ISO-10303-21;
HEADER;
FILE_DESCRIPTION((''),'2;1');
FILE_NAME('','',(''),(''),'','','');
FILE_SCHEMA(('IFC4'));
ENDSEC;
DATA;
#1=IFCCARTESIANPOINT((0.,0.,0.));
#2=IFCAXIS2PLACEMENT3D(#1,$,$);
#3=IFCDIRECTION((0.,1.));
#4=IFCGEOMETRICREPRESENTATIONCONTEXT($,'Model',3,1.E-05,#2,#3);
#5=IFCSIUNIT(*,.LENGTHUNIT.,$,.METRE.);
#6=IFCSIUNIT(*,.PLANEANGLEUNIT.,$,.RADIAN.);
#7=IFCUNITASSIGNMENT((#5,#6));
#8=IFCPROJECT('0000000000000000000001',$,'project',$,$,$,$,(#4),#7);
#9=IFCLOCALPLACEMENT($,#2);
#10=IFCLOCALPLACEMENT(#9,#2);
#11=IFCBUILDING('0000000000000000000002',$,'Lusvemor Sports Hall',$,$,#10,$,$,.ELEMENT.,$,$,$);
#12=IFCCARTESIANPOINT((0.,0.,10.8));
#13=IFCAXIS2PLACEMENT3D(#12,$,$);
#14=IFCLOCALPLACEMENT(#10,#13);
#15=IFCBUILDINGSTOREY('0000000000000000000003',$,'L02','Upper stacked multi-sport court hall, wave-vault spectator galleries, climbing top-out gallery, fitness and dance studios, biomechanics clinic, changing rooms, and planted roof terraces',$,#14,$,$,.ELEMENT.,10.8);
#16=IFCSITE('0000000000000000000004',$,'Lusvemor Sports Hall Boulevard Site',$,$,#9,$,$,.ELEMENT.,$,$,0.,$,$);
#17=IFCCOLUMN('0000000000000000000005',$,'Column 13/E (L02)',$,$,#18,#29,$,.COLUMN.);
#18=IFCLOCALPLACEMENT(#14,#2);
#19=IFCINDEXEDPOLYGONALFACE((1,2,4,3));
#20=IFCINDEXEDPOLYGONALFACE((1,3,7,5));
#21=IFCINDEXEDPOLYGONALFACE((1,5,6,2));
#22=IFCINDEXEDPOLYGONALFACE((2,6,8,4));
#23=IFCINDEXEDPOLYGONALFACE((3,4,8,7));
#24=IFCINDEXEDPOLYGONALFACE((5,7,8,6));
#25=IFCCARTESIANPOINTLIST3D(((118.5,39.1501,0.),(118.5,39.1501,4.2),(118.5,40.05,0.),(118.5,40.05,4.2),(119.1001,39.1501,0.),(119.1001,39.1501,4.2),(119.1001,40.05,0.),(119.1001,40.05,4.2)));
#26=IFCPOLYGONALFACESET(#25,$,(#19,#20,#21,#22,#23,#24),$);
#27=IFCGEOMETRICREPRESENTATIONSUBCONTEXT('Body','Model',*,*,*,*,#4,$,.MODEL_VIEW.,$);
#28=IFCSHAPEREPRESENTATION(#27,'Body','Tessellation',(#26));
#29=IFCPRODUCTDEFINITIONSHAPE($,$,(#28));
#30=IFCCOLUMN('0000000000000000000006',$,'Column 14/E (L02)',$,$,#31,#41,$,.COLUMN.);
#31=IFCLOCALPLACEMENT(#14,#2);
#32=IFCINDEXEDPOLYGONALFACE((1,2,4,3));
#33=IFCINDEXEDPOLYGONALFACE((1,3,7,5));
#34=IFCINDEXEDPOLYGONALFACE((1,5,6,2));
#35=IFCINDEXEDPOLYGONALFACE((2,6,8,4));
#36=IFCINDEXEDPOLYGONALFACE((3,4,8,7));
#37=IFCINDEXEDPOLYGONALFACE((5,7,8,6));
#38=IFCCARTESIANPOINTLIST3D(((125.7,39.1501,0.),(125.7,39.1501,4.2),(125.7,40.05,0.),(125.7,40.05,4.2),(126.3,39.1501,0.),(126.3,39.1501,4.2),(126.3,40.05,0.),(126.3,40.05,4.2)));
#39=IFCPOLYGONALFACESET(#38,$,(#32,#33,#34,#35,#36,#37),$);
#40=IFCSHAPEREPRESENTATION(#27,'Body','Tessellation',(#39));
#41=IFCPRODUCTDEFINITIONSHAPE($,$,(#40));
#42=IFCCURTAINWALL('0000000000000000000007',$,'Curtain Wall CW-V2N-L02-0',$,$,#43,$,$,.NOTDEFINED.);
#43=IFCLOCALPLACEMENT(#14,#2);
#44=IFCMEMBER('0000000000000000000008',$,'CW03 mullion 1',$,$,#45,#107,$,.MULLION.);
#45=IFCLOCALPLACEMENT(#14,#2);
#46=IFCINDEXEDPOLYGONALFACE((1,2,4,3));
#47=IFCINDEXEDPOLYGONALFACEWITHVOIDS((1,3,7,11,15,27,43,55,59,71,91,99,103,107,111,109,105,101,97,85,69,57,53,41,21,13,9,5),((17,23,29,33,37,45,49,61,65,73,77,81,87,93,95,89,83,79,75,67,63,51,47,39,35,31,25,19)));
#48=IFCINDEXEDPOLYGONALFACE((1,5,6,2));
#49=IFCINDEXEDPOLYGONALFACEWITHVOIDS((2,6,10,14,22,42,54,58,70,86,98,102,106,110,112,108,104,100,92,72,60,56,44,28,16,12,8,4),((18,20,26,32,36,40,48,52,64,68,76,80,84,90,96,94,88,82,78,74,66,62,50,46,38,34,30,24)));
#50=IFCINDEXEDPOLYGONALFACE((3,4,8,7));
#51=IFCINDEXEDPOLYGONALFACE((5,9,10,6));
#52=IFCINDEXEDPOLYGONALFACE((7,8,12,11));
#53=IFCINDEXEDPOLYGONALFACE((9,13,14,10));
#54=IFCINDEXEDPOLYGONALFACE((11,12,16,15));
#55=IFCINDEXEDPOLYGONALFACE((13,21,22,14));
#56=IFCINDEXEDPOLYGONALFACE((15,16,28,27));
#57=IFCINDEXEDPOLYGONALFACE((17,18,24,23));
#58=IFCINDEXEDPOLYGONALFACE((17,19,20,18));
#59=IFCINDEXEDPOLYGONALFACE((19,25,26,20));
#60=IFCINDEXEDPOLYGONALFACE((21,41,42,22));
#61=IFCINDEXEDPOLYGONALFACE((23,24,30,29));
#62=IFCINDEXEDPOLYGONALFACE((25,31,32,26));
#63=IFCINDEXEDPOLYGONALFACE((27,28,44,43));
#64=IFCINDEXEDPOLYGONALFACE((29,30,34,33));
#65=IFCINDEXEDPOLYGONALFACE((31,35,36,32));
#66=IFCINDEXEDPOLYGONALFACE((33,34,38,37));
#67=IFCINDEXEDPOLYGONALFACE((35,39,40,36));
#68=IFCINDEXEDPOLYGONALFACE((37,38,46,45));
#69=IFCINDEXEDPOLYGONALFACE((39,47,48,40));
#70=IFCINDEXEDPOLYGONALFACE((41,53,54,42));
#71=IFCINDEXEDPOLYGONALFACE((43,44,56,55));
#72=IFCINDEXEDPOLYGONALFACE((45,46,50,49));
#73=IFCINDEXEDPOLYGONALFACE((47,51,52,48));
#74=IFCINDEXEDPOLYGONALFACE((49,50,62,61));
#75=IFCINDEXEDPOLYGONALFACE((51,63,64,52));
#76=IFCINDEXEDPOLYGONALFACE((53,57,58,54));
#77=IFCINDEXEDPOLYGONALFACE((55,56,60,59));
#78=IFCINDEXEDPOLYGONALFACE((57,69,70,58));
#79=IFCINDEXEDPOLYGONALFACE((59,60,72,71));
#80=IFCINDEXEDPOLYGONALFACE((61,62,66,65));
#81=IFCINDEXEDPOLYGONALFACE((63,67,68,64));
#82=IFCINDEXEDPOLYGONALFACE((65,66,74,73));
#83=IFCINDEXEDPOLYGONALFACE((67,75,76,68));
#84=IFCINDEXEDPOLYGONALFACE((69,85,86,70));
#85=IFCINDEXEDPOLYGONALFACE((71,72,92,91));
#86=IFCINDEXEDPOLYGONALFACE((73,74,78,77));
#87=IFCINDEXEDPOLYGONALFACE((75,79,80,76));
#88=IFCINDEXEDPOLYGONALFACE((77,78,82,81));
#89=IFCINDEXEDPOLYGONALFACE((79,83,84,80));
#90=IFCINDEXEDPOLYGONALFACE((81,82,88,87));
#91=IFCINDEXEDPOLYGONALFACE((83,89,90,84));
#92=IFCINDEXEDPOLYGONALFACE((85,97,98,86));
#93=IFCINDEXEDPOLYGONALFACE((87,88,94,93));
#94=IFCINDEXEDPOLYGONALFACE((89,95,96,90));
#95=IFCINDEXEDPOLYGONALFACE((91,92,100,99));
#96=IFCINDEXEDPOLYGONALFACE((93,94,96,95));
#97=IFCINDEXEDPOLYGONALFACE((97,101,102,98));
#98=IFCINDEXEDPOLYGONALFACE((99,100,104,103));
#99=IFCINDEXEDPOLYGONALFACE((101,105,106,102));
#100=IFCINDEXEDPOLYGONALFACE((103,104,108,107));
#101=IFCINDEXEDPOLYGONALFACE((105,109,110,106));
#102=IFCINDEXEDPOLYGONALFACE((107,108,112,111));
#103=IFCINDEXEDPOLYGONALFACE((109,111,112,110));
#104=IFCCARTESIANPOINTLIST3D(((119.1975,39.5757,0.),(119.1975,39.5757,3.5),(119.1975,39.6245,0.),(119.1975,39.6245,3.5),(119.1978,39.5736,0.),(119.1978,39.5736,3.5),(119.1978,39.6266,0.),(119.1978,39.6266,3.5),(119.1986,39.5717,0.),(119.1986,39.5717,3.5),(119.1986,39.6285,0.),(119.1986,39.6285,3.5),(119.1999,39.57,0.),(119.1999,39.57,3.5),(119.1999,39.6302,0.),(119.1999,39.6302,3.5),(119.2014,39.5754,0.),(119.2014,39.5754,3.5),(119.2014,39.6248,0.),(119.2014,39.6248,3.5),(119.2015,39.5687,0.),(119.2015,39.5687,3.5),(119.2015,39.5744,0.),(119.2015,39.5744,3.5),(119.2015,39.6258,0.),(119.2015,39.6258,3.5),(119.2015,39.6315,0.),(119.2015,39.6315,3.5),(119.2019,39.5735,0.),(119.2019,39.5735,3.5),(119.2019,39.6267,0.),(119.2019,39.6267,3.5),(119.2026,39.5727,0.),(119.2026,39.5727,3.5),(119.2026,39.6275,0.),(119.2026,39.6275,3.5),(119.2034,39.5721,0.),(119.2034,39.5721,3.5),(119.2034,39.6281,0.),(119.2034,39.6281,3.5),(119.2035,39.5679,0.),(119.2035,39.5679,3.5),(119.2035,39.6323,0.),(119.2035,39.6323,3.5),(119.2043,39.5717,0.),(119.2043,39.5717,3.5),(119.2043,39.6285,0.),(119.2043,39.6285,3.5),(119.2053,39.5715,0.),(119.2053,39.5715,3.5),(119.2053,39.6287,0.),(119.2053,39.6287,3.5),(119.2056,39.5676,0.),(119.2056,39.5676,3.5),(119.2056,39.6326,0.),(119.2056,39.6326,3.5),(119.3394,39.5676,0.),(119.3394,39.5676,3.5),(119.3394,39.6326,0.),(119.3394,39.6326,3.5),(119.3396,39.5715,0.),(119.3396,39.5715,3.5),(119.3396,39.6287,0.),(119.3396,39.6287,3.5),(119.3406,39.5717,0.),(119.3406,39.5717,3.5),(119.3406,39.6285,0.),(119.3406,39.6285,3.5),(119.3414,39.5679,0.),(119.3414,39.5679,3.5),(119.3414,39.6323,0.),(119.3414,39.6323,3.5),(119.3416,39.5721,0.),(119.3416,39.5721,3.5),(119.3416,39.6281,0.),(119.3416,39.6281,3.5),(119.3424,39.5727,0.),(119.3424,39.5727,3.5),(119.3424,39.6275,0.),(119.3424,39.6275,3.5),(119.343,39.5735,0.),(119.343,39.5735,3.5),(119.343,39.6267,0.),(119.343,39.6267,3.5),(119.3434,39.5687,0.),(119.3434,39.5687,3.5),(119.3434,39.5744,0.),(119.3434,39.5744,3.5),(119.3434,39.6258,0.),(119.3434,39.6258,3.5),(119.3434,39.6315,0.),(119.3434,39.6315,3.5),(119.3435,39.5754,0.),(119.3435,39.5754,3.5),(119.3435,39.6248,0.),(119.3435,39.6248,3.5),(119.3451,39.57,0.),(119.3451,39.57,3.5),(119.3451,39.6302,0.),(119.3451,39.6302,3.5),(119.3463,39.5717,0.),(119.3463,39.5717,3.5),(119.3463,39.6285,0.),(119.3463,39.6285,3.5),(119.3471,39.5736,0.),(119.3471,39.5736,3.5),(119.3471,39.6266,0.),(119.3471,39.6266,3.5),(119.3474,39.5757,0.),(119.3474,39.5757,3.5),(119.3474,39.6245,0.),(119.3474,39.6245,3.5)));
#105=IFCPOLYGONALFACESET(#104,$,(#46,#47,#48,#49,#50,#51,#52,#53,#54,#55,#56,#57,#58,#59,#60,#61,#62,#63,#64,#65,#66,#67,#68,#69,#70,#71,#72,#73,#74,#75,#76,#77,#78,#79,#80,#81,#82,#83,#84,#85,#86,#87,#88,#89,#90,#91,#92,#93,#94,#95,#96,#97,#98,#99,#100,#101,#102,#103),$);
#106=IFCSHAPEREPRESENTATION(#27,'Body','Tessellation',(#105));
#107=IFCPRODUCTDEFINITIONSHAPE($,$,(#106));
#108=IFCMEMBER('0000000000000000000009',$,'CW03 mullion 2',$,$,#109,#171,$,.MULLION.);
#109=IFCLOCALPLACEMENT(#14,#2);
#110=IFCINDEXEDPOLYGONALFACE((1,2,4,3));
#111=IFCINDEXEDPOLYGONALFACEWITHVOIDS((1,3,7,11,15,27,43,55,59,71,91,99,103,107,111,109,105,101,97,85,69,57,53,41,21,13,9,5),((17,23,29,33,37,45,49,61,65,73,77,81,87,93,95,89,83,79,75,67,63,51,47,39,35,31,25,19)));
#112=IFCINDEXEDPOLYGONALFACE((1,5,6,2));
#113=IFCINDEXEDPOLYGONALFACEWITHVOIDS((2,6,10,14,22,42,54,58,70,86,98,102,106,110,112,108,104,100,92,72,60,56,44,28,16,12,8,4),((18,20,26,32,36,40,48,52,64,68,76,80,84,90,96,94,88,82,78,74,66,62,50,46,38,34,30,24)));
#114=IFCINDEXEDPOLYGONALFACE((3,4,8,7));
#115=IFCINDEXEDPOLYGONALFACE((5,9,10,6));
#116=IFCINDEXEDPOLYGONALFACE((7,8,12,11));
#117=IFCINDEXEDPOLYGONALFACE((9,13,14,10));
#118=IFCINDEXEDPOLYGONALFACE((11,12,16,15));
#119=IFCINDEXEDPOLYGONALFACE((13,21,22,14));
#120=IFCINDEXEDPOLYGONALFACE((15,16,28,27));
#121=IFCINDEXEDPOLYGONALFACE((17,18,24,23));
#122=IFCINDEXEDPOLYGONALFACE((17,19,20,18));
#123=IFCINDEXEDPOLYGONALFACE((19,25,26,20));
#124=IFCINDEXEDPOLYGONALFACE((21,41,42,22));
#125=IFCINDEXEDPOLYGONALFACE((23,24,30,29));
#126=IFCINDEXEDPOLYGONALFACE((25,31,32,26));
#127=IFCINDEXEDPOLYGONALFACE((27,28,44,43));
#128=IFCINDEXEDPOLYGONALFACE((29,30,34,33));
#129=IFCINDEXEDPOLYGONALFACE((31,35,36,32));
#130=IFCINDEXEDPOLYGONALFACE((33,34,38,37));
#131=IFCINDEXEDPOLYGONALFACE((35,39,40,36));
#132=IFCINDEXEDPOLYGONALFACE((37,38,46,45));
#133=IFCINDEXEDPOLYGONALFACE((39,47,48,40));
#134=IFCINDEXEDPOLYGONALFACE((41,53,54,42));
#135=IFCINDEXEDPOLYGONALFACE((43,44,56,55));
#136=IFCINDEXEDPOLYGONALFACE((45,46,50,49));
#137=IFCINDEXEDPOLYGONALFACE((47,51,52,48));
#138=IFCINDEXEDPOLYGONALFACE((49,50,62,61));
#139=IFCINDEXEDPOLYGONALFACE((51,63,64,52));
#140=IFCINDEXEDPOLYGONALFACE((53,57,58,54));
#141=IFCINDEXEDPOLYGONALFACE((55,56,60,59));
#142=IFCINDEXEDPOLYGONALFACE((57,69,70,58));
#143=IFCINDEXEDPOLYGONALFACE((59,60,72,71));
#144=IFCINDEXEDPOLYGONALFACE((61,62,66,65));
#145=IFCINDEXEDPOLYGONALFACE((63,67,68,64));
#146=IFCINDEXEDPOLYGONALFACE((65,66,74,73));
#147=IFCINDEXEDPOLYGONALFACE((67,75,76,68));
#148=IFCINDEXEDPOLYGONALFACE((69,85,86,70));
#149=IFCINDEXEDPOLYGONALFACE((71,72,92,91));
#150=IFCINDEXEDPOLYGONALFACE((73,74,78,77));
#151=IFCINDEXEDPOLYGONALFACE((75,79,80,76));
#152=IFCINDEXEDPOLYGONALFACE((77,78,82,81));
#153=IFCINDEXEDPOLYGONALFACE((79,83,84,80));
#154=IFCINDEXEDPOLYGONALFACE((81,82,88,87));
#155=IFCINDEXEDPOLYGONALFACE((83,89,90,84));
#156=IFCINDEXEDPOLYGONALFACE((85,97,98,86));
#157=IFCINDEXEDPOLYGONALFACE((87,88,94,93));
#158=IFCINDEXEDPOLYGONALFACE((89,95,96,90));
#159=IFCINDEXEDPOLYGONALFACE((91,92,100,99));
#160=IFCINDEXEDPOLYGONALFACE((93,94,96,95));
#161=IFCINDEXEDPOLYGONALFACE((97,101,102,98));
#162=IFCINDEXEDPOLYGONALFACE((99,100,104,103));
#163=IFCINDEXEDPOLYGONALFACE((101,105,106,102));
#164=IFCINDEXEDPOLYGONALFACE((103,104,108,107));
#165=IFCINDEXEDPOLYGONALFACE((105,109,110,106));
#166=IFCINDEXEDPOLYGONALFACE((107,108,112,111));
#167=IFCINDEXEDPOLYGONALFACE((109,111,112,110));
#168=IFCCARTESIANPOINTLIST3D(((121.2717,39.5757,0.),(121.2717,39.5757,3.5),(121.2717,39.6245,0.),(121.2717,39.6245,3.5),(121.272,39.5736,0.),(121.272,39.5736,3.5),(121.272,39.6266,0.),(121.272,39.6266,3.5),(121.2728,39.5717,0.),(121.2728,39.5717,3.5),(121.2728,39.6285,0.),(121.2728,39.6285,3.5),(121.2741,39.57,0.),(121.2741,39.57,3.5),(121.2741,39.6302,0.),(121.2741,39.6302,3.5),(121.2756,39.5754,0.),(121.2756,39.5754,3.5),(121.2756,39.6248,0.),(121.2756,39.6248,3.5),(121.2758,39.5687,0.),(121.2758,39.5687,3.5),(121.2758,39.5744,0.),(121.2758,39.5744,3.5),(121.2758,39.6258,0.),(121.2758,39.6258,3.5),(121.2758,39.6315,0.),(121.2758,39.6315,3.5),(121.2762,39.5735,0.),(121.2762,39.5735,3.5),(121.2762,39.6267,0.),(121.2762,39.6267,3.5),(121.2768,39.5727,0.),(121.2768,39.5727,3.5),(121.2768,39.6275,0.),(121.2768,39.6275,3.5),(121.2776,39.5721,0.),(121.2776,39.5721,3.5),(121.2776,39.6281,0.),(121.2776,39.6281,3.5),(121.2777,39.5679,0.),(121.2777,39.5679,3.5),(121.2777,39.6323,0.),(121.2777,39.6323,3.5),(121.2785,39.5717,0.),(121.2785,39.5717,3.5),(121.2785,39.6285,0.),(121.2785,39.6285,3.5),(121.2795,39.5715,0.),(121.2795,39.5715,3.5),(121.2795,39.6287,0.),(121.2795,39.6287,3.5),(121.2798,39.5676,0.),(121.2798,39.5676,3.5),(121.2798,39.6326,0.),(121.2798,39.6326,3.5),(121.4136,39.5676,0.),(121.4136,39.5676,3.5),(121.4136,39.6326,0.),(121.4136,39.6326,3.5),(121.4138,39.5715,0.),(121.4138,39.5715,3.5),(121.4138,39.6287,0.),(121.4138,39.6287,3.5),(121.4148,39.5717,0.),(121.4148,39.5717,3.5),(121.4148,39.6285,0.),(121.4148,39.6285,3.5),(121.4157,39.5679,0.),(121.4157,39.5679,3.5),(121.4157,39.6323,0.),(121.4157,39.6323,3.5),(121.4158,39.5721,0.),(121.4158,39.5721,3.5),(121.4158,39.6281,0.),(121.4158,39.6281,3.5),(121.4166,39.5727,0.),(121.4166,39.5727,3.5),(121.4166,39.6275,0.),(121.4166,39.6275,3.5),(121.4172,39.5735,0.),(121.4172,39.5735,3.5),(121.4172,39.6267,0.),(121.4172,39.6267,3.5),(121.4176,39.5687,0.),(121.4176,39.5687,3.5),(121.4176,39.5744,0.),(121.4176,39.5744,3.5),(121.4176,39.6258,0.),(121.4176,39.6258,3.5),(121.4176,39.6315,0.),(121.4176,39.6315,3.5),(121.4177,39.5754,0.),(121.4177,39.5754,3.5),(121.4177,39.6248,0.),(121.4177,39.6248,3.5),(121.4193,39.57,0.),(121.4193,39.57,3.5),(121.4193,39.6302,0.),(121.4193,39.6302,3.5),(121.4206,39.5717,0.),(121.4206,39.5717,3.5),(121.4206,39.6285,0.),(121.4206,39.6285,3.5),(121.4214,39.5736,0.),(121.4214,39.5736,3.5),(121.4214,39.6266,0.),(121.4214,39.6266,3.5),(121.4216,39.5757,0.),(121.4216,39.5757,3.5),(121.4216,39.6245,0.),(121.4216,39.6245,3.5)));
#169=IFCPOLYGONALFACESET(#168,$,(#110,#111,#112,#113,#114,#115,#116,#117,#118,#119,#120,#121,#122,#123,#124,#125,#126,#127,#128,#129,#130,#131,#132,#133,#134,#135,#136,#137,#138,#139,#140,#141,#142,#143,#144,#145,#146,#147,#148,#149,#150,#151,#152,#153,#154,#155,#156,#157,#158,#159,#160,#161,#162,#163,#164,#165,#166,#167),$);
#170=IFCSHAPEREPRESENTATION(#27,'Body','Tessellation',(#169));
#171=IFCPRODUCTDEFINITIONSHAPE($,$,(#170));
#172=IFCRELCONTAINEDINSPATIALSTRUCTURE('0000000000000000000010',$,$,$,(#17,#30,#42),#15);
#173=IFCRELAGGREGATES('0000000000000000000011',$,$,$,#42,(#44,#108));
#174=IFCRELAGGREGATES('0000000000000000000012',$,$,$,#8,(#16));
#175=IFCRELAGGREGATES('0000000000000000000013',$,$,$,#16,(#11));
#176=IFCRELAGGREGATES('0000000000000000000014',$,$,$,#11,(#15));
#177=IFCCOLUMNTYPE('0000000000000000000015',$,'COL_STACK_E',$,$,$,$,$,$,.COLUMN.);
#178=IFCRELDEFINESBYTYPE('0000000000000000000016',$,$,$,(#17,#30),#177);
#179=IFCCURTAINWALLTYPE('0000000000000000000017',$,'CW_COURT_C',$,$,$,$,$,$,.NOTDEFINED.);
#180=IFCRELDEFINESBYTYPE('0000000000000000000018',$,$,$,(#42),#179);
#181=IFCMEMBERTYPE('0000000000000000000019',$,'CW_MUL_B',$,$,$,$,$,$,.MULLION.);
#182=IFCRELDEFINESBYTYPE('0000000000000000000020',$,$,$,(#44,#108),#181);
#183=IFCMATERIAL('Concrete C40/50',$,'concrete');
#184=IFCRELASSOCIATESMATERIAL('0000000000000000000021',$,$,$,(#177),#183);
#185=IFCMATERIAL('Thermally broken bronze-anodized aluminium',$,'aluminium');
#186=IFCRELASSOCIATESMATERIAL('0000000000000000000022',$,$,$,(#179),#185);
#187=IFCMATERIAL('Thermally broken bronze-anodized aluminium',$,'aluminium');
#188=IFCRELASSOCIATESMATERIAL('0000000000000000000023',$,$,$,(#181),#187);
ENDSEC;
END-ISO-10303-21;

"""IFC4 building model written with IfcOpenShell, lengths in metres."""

from ifc_helpers import new_model, si_unit, direction, frame, origin, origin_2d, place, context, subcontext, project, spatial, rectangle, hollow_rectangle, extrude, material, material_profile, profile_set, type_object, element, aggregate, save


model = new_model("IFC4")

# Units and contexts
model_context = context("Model", 3, precision=1e-05, world=origin(), true_north=direction((0.0, 1.0)))
body_context = subcontext(model_context, "Body", "Model", "MODEL_VIEW")
ifc_project = project(units=[si_unit("LENGTHUNIT", "METRE"), si_unit("PLANEANGLEUNIT", "RADIAN")], contexts=[model_context])

# Site, building, storey
site_placement = place(None, origin())
site = spatial("IfcSite", under=ifc_project, at=site_placement, Name="Lusvemor Sports Hall Boulevard Site", CompositionType="ELEMENT", RefElevation=0.0)
building_placement = place(site_placement, origin())
building = spatial("IfcBuilding", under=site, at=building_placement, Name="Lusvemor Sports Hall", CompositionType="ELEMENT")
storey_placement = place(building_placement, frame((0.0, 0.0, 10.8)))
storey = spatial("IfcBuildingStorey", under=building, at=storey_placement, Name="L02", Description="Upper stacked multi-sport court hall, wave-vault spectator galleries, climbing top-out gallery, fitness and dance studios, biomechanics clinic, changing rooms, and planted roof terraces", CompositionType="ELEMENT", Elevation=10.8)

# Columns
ifc_material_1 = material(Name="Concrete C40/50", Category="concrete")
ifc_material_profile_1 = material_profile(ifc_material_1, rectangle(XDim=0.6001, YDim=0.8999, at=origin_2d()), Name="RC600x900")
ifc_profile_set_1 = profile_set([ifc_material_profile_1], Name="Concrete C40/50")
column_type = type_object("IfcColumnType", Name="COL_STACK_E", PredefinedType="COLUMN", material=ifc_profile_set_1)
for number, where, z_axis, x_axis, name in (
    (1, (118.8, 39.6001, 0.0), (0.0, 0.0, 1.0), (1.0, 0.0, 0.0), "Column 13/E (L02)"),
    (2, (126.0, 39.6001, 0.0), (0.0, 0.0, 1.0), (1.0, 0.0, 0.0), "Column 14/E (L02)"),
):
    element("IfcColumn", number, at=place(storey_placement, frame(where, z_axis=z_axis, x_axis=x_axis)), inside=storey, type_object=column_type, Name=name, PredefinedType="COLUMN", context=body_context, shape_type="SweptSolid", body=[
        extrude(rectangle(XDim=0.6001, YDim=0.8999, at=origin_2d()), origin(), (0.0, 0.0, 1.0), 4.2),
    ])

# Curtain wall, members
ifc_material_2 = material(Name="Thermally broken bronze-anodized aluminium", Category="aluminium")
curtain_wall_type = type_object("IfcCurtainWallType", Name="CW_COURT_C", PredefinedType="NOTDEFINED", material=ifc_material_2)
curtain_wall_1_placement = place(storey_placement, origin())
curtain_wall_1 = element("IfcCurtainWall", 3, at=curtain_wall_1_placement, inside=storey, type_object=curtain_wall_type, Name="Curtain Wall CW-V2N-L02-0", PredefinedType="NOTDEFINED")
ifc_material_3 = material(Name="Thermally broken bronze-anodized aluminium", Category="aluminium")
ifc_material_profile_2 = material_profile(ifc_material_3, hollow_rectangle(XDim=0.0649, YDim=0.1499, WallThickness=0.0039, InnerFilletRadius=0.0039, OuterFilletRadius=0.0081, at=origin_2d()), Name="CWMUL150x65x4")
ifc_profile_set_2 = profile_set([ifc_material_profile_2], Name="Thermally broken bronze-anodized aluminium")
member_type_1 = type_object("IfcMemberType", Name="CW_MUL_B", PredefinedType="MULLION", material=ifc_profile_set_2)
member_1_placement = place(storey_placement, frame((119.2725, 39.6001, 0.0), z_axis=(0.0, 0.0, 1.0), x_axis=(0.0, 1.0, 0.0)))
member_1 = element("IfcMember", 4, at=member_1_placement, type_object=member_type_1, Name="CW03 mullion 1", PredefinedType="MULLION", context=body_context, shape_type="SweptSolid", body=[
    extrude(hollow_rectangle(XDim=0.0649, YDim=0.1499, WallThickness=0.0039, InnerFilletRadius=0.0039, OuterFilletRadius=0.0081, at=origin_2d()), origin(), (0.0, 0.0, 1.0), 3.5),
])
member_2_placement = place(storey_placement, frame((121.3467, 39.6001, 0.0), z_axis=(0.0, 0.0, 1.0), x_axis=(0.0, 1.0, 0.0)))
member_2 = element("IfcMember", 5, at=member_2_placement, type_object=member_type_1, Name="CW03 mullion 2", PredefinedType="MULLION", context=body_context, shape_type="SweptSolid", body=[
    extrude(hollow_rectangle(XDim=0.0649, YDim=0.1499, WallThickness=0.0039, InnerFilletRadius=0.0039, OuterFilletRadius=0.0081, at=origin_2d()), origin(), (0.0, 0.0, 1.0), 3.5),
])

aggregate(curtain_wall_1, [member_1, member_2])

save(model, "model.ifc")
